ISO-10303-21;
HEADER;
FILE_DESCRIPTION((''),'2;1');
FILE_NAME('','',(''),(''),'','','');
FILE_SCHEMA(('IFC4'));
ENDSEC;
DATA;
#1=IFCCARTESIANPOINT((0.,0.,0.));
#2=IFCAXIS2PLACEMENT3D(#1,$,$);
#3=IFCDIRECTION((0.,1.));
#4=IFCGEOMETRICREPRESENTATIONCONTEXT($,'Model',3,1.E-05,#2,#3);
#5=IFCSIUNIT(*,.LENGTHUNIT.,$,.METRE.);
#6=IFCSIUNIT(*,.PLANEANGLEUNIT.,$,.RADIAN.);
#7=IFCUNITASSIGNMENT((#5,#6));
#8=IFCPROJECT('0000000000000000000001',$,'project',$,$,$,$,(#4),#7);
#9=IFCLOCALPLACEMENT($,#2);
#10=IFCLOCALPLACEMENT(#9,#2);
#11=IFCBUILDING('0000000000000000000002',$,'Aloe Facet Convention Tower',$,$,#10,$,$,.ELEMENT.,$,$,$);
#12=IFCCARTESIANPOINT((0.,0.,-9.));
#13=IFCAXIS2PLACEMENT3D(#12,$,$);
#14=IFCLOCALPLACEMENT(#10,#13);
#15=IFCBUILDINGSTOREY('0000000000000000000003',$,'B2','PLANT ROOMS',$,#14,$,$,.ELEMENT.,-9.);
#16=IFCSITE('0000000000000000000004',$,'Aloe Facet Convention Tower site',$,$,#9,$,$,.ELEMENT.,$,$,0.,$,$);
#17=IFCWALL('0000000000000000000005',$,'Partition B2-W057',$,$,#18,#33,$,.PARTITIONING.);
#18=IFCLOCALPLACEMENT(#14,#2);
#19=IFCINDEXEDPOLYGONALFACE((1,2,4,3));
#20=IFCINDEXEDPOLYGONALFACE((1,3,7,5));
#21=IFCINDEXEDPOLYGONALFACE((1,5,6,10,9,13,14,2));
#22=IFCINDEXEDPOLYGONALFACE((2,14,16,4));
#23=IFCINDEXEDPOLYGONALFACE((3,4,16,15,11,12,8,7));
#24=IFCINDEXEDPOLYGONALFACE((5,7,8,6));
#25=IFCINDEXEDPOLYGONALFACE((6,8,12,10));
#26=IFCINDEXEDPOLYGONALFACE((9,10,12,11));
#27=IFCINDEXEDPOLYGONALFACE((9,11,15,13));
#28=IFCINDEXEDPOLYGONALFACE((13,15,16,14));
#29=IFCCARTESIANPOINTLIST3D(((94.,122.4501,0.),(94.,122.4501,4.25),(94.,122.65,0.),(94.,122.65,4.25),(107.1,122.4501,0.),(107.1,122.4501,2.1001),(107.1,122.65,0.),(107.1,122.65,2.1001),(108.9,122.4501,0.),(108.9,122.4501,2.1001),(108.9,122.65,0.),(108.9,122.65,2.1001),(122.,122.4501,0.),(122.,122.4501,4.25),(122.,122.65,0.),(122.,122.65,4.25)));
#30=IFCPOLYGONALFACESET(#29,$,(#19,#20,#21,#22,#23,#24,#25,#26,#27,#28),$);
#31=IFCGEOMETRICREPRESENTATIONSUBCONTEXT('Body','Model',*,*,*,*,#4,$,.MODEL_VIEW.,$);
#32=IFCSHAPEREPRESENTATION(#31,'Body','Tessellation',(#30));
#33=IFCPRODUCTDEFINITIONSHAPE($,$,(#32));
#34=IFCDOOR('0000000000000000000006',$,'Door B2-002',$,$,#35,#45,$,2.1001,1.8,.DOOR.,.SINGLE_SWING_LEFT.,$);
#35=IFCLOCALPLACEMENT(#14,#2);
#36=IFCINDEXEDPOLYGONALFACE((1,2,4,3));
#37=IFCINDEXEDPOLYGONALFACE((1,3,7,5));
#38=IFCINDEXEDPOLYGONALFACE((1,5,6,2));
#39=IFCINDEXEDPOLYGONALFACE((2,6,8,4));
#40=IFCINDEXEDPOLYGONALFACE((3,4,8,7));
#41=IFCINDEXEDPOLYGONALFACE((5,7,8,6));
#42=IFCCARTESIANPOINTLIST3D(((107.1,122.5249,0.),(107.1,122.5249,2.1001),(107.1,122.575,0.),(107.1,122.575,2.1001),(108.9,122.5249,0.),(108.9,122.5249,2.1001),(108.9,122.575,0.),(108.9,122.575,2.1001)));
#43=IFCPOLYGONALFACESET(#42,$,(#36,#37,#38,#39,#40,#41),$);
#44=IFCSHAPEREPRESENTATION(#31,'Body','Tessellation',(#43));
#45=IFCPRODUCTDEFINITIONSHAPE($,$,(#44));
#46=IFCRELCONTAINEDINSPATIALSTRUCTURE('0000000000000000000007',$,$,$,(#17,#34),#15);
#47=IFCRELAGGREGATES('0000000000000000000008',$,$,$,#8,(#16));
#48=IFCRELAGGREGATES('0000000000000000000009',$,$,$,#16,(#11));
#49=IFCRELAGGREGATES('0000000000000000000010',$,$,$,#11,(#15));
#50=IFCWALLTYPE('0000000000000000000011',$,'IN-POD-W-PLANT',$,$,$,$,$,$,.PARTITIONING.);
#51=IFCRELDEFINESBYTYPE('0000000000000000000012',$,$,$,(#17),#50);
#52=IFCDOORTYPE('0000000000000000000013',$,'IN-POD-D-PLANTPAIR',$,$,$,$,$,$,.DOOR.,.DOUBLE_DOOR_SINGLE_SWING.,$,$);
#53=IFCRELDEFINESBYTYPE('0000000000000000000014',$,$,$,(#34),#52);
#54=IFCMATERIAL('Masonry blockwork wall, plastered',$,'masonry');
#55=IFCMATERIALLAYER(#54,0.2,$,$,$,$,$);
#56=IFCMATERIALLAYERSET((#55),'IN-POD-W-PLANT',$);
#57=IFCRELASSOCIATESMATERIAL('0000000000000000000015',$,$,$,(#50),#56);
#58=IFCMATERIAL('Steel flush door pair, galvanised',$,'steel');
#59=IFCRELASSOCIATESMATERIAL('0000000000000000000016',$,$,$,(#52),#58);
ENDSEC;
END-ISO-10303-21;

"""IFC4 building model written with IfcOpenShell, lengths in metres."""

from ifc_helpers import new_model, si_unit, direction, frame, frame_2d, origin, place, context, subcontext, project, spatial, rectangle, extrude, material, layer, layer_set, type_object, element, fill, save


model = new_model("IFC4")

# Units and contexts
model_context = context("Model", 3, precision=1e-05, world=origin(), true_north=direction((0.0, 1.0)))
body_context = subcontext(model_context, "Body", "Model", "MODEL_VIEW")
ifc_project = project(units=[si_unit("LENGTHUNIT", "METRE"), si_unit("PLANEANGLEUNIT", "RADIAN")], contexts=[model_context])

# Site, building, storey
site_placement = place(None, origin())
site = spatial("IfcSite", under=ifc_project, at=site_placement, Name="Aloe Facet Convention Tower site", CompositionType="ELEMENT", RefElevation=0.0)
building_placement = place(site_placement, origin())
building = spatial("IfcBuilding", under=site, at=building_placement, Name="Aloe Facet Convention Tower", CompositionType="ELEMENT")
storey_placement = place(building_placement, frame((0.0, 0.0, -9.0)))
storey = spatial("IfcBuildingStorey", under=building, at=storey_placement, Name="B2", Description="PLANT ROOMS", CompositionType="ELEMENT", Elevation=-9.0)

# Shared definitions
ifc_material_1 = material(Name="Masonry blockwork wall, plastered", Category="masonry")
ifc_layer = layer(ifc_material_1, 0.2)
ifc_layer_set = layer_set([ifc_layer], Name="IN-POD-W-PLANT")
wall_type = type_object("IfcWallType", Name="IN-POD-W-PLANT", PredefinedType="PARTITIONING", material=ifc_layer_set)

# Wall, opening, door
wall_1_placement = place(storey_placement, frame((94.0, 122.55, 0.0), z_axis=(0.0, 0.0, 1.0), x_axis=(1.0, 0.0, 0.0)))
wall_1 = element("IfcWall", 1, at=wall_1_placement, inside=storey, type_object=wall_type, Name="Partition B2-W057", PredefinedType="PARTITIONING", context=body_context, shape_type="SweptSolid", body=[
    extrude(rectangle(XDim=28.0, YDim=0.2, at=frame_2d((14.0, 0.0))), origin(), (0.0, 0.0, 1.0), 4.25),
])
opening_placement = place(wall_1_placement, frame((13.1001, 0.0, 0.0)))
opening = element("IfcOpeningElement", 2, at=opening_placement, cuts=wall_1, PredefinedType="OPENING", context=body_context, shape_type="SweptSolid", body=[
    extrude(rectangle(XDim=1.8, YDim=2.1001, at=frame_2d((0.8999, 1.05))), frame((0.0, 0.1099, 0.0), z_axis=(0.0, -1.0, 0.0), x_axis=(1.0, 0.0, 0.0)), (0.0, 0.0, 1.0), 0.22),
])
ifc_material_2 = material(Name="Steel flush door pair, galvanised", Category="steel")
door_type = type_object("IfcDoorType", Name="IN-POD-D-PLANTPAIR", OperationType="DOUBLE_DOOR_SINGLE_SWING", PredefinedType="DOOR", material=ifc_material_2)
door_placement = place(opening_placement, origin())
door = element("IfcDoor", 3, at=door_placement, inside=storey, type_object=door_type, Name="Door B2-002", OperationType="SINGLE_SWING_LEFT", OverallHeight=2.1001, OverallWidth=1.8, PredefinedType="DOOR", context=body_context, shape_type="SweptSolid", body=[
    extrude(rectangle(XDim=1.8, YDim=2.1001, at=frame_2d((0.8999, 1.05))), frame((0.0, 0.0249, 0.0), z_axis=(0.0, -1.0, 0.0), x_axis=(1.0, 0.0, 0.0)), (0.0, 0.0, 1.0), 0.05),
])
fill(opening, door)

save(model, "model.ifc")
